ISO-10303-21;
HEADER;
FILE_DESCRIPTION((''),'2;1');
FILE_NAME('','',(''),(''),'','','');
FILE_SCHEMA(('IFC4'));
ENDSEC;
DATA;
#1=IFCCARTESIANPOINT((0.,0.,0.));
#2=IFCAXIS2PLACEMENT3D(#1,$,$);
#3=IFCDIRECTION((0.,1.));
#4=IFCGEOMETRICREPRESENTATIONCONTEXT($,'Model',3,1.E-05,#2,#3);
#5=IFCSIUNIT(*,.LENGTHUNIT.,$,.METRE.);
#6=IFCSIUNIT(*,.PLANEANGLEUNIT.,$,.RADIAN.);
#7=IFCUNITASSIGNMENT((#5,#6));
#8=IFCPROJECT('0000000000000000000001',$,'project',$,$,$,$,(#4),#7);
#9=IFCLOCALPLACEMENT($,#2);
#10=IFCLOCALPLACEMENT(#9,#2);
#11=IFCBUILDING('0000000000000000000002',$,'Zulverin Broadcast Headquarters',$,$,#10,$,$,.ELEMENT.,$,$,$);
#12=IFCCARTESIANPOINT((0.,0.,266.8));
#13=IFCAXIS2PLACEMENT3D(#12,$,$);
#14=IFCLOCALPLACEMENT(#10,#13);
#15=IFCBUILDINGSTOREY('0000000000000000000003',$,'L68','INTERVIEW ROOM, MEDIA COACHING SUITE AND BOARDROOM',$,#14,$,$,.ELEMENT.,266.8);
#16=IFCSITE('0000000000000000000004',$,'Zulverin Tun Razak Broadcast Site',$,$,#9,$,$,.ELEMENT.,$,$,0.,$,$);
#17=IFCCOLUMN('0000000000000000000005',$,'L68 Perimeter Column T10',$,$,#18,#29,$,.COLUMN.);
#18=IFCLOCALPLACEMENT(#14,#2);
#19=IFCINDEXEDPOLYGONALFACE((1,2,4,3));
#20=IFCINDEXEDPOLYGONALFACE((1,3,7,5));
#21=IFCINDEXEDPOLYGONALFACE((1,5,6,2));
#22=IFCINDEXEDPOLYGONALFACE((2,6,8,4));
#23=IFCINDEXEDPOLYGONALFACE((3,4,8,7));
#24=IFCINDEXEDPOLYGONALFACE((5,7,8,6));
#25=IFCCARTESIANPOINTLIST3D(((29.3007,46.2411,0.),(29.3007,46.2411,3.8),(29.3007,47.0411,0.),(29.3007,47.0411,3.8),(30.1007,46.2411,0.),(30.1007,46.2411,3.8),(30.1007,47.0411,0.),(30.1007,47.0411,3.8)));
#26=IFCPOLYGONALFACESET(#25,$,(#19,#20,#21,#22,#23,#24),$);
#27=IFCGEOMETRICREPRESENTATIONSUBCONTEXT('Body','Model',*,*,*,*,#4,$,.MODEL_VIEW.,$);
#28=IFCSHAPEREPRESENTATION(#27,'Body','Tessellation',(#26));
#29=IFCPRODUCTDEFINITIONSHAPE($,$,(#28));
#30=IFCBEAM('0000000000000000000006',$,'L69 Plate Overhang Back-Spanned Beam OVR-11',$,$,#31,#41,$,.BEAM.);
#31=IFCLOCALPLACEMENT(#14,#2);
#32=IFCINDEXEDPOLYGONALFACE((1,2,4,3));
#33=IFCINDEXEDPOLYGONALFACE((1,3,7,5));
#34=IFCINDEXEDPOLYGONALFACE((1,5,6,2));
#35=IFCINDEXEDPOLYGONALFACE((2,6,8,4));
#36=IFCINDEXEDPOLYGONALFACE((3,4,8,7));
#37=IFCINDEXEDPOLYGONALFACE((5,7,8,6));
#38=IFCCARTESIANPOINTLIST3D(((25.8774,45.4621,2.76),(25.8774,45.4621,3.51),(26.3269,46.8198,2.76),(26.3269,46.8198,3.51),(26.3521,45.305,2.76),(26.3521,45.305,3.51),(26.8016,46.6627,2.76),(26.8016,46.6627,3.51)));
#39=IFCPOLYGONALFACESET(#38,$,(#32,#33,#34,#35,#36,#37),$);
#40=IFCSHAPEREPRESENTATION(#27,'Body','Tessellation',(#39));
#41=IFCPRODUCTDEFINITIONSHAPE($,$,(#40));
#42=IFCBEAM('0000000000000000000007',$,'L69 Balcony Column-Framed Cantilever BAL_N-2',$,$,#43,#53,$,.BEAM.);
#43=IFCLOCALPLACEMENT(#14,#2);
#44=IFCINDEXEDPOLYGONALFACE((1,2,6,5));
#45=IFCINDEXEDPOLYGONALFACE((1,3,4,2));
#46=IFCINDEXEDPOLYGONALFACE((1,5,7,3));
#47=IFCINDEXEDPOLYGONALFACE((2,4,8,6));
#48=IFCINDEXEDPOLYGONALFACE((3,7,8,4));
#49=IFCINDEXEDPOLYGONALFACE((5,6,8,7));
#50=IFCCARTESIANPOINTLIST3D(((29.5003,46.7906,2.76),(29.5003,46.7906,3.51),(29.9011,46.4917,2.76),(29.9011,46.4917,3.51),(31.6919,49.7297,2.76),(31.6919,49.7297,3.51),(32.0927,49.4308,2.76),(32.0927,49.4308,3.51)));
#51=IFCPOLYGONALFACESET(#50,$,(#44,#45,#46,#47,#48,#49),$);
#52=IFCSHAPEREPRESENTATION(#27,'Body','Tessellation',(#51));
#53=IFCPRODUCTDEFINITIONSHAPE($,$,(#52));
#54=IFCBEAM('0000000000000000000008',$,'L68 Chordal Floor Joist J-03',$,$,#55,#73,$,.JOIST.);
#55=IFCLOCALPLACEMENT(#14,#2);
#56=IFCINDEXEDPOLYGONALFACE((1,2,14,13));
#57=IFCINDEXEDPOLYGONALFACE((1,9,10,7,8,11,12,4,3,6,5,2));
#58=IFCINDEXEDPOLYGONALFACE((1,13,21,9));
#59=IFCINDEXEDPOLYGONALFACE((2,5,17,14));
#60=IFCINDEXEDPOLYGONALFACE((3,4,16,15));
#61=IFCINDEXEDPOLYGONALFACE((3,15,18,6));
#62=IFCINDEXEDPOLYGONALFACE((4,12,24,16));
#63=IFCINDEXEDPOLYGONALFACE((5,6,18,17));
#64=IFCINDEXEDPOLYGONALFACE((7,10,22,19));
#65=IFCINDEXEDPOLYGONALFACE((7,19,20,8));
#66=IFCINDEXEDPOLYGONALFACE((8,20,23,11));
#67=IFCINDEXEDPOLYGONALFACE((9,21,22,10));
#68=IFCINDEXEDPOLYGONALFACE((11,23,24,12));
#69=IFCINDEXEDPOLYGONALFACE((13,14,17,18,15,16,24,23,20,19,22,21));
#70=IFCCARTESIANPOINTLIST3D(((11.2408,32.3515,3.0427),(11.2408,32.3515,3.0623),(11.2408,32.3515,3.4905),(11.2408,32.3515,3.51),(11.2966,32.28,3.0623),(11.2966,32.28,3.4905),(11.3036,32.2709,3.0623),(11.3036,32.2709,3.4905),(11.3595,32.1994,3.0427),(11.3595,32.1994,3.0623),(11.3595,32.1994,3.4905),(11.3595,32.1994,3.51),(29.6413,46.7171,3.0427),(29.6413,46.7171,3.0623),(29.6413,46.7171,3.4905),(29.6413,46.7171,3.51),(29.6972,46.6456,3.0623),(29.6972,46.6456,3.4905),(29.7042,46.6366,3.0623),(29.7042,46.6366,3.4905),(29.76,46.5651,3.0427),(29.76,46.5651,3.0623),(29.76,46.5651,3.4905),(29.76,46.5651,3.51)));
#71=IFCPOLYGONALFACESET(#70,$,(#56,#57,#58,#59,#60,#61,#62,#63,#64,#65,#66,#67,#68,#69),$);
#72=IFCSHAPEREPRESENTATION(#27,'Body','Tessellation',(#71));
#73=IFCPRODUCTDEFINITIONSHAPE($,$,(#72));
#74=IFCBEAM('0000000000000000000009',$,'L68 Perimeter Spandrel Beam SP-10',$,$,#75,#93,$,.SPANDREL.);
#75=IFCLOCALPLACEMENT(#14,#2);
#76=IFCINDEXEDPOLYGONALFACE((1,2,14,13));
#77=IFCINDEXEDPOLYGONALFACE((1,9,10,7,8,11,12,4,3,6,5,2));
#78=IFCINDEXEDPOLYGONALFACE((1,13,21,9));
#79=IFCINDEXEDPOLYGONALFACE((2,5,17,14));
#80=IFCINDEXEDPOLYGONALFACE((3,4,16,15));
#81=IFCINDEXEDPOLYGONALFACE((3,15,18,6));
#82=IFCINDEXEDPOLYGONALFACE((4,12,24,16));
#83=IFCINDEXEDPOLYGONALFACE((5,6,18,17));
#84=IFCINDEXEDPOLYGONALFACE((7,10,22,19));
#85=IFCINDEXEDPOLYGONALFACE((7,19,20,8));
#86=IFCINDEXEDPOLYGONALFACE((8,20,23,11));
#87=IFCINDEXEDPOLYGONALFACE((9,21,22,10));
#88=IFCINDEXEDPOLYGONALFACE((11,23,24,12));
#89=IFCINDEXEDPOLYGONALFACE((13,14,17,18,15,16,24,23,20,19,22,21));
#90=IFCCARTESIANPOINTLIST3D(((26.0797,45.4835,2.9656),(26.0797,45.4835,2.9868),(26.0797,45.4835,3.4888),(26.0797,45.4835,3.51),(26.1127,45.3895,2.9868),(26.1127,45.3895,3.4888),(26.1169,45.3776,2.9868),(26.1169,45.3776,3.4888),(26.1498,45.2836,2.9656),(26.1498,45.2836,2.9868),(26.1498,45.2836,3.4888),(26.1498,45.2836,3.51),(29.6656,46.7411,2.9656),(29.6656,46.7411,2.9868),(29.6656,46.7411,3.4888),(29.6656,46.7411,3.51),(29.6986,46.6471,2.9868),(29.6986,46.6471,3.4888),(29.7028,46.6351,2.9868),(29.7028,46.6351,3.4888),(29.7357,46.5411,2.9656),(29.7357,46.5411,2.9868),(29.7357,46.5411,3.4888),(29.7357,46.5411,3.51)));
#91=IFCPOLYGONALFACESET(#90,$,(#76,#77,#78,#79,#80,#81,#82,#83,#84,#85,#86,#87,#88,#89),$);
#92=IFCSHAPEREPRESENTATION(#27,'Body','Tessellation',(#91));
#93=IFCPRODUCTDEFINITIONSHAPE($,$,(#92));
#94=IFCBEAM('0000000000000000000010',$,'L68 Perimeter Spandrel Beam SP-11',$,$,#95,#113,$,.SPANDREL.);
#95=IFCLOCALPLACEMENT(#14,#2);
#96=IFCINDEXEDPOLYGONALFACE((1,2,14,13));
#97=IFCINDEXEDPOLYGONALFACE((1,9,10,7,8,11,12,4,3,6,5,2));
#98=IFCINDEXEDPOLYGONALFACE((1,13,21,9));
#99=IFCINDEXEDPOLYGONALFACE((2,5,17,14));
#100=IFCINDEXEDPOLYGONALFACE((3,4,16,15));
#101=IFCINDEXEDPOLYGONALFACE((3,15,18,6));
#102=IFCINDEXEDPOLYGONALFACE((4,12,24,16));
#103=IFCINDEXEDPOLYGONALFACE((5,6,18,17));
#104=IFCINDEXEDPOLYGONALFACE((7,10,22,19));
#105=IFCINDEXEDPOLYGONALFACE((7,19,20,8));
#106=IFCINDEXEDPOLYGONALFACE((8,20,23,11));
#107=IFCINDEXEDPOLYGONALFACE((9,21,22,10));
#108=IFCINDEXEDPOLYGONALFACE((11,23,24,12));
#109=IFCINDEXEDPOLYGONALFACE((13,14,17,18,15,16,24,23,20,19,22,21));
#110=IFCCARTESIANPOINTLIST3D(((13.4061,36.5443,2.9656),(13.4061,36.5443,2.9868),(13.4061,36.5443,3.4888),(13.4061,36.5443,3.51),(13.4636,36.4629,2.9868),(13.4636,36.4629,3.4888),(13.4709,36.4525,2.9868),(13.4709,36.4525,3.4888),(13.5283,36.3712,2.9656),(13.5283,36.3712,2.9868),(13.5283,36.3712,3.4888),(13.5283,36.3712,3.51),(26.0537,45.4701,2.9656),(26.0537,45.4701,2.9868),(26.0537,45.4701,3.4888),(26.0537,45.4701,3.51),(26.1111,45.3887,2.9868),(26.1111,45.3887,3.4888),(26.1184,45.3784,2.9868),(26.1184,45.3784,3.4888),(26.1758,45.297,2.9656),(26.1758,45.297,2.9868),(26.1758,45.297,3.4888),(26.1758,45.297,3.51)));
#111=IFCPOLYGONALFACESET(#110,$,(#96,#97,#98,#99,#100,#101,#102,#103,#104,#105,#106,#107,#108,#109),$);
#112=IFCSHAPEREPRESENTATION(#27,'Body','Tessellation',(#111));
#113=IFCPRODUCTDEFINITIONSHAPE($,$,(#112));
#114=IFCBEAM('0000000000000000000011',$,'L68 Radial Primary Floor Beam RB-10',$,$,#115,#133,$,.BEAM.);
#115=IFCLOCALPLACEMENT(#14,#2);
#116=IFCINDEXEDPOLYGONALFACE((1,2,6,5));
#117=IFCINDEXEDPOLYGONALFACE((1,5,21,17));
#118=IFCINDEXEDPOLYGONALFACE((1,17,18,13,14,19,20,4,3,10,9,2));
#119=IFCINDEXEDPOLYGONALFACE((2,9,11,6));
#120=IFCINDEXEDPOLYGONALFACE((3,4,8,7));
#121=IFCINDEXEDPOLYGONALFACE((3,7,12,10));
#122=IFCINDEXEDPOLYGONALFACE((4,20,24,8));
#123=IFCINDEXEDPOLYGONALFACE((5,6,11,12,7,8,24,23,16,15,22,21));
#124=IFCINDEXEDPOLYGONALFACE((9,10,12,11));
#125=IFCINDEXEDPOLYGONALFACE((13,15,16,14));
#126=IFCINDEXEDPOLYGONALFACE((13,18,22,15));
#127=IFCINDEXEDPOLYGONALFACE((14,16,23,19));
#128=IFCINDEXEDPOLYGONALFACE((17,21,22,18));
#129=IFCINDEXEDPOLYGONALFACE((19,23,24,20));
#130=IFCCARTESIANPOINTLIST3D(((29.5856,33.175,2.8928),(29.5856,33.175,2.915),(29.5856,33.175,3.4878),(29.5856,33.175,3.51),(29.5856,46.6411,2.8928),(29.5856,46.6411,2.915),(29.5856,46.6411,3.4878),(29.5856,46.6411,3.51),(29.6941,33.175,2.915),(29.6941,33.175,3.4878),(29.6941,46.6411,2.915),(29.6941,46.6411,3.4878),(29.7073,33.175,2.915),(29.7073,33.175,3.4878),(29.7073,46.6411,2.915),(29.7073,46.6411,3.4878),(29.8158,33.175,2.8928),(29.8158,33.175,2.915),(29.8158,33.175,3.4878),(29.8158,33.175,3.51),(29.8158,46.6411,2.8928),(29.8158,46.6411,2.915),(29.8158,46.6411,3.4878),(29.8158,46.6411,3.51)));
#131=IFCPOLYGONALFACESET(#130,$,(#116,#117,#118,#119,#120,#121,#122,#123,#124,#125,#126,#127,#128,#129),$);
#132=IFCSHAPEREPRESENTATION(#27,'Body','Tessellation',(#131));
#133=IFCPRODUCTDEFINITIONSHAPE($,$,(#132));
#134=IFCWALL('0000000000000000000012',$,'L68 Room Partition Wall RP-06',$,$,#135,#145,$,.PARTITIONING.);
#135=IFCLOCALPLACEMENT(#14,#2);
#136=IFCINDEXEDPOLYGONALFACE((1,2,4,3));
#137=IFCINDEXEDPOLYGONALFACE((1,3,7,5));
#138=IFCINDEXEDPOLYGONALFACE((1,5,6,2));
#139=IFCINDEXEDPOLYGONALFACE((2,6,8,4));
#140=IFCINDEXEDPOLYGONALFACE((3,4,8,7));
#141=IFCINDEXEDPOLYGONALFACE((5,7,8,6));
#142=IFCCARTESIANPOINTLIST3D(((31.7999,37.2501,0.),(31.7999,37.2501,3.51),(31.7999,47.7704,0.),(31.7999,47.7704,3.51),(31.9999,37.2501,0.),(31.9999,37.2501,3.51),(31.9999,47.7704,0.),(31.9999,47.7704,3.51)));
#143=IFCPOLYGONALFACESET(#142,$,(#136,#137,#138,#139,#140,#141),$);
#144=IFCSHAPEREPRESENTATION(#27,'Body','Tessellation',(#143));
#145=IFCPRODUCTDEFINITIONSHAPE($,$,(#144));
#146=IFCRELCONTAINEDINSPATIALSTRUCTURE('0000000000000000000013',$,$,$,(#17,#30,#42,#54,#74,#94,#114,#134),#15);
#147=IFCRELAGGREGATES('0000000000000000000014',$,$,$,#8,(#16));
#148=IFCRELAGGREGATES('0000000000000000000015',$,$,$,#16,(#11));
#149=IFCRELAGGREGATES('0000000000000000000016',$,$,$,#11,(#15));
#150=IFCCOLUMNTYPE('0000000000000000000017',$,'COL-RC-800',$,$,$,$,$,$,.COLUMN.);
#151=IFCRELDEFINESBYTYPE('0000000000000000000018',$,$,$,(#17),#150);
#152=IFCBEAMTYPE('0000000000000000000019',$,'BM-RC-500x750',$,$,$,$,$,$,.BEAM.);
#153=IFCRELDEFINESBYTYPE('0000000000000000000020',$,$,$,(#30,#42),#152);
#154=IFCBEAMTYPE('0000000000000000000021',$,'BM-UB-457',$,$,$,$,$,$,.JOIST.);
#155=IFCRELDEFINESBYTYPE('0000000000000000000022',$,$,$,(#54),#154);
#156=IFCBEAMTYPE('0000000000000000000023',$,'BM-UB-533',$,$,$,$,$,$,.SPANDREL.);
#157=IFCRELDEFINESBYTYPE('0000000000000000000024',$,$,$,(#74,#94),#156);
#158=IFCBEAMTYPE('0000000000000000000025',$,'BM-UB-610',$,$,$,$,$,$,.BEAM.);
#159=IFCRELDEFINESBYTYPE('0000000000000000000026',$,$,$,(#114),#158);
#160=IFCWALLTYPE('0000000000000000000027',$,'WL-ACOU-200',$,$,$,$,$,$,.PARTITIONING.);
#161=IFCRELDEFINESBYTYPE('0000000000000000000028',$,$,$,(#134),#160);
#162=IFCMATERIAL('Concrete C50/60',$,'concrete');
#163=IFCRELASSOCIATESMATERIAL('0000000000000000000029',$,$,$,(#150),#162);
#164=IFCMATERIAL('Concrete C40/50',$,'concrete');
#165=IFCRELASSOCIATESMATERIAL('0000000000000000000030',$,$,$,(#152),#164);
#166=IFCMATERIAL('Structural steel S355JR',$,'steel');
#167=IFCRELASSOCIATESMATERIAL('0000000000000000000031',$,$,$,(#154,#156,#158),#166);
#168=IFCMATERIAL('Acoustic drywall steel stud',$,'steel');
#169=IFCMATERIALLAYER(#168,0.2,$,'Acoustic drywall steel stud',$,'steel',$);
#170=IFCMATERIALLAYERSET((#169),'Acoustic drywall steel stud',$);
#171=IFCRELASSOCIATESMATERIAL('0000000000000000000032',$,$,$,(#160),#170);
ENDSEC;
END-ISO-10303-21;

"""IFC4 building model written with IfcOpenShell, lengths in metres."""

from ifc_helpers import new_model, si_unit, direction, frame, frame_2d, origin, origin_2d, place, context, subcontext, project, spatial, rectangle, i_section, extrude, material, layer, layer_set, material_profile, profile_set, type_object, element, save


model = new_model("IFC4")

# Units and contexts
model_context = context("Model", 3, precision=1e-05, world=origin(), true_north=direction((0.0, 1.0)))
body_context = subcontext(model_context, "Body", "Model", "MODEL_VIEW")
ifc_project = project(units=[si_unit("LENGTHUNIT", "METRE"), si_unit("PLANEANGLEUNIT", "RADIAN")], contexts=[model_context])

# Site, building, storey
site_placement = place(None, origin())
site = spatial("IfcSite", under=ifc_project, at=site_placement, Name="Zulverin Tun Razak Broadcast Site", CompositionType="ELEMENT", RefElevation=0.0)
building_placement = place(site_placement, origin())
building = spatial("IfcBuilding", under=site, at=building_placement, Name="Zulverin Broadcast Headquarters", CompositionType="ELEMENT")
storey_placement = place(building_placement, frame((0.0, 0.0, 266.8)))
storey = spatial("IfcBuildingStorey", under=building, at=storey_placement, Name="L68", Description="INTERVIEW ROOM, MEDIA COACHING SUITE AND BOARDROOM", CompositionType="ELEMENT", Elevation=266.8)

# Column
ifc_material_1 = material(Name="Concrete C50/60", Category="concrete")
ifc_material_profile_1 = material_profile(ifc_material_1, rectangle(XDim=0.8, YDim=0.8, at=origin_2d()), Name="Concrete C50/60", Category="concrete")
ifc_profile_set_1 = profile_set([ifc_material_profile_1], Name="Concrete C50/60")
column_type = type_object("IfcColumnType", Name="COL-RC-800", PredefinedType="COLUMN", material=ifc_profile_set_1)
column_placement = place(storey_placement, frame((29.7007, 46.6411, 0.0), z_axis=(0.0, 0.0, 1.0), x_axis=(1.0, 0.0, 0.0)))
element("IfcColumn", 1, at=column_placement, inside=storey, type_object=column_type, Name="L68 Perimeter Column T10", PredefinedType="COLUMN", context=body_context, shape_type="SweptSolid", body=[
    extrude(rectangle(XDim=0.8, YDim=0.8, at=origin_2d()), origin(), (0.0, 0.0, 1.0), 3.8),
])

# Beams
ifc_material_2 = material(Name="Concrete C40/50", Category="concrete")
ifc_material_profile_2 = material_profile(ifc_material_2, rectangle(XDim=0.5, YDim=0.75, at=origin_2d()), Name="Concrete C40/50", Category="concrete")
ifc_profile_set_2 = profile_set([ifc_material_profile_2], Name="Concrete C40/50")
beam_type_1 = type_object("IfcBeamType", Name="BM-RC-500x750", PredefinedType="BEAM", material=ifc_profile_set_2)
beam_1_placement = place(storey_placement, frame((26.1147, 45.3835, 3.135), z_axis=(0.314281, 0.94933, 0.0), x_axis=(-0.94933, 0.314281, 0.0)))
element("IfcBeam", 2, at=beam_1_placement, inside=storey, type_object=beam_type_1, Name="L69 Plate Overhang Back-Spanned Beam OVR-11", PredefinedType="BEAM", context=body_context, shape_type="SweptSolid", body=[
    extrude(rectangle(XDim=0.5, YDim=0.75, at=origin_2d()), origin(), (0.0, 0.0, 1.0), 1.4302),
])
beam_2_placement = place(storey_placement, frame((29.7007, 46.6411, 3.135), z_axis=(0.597771, 0.801667, 0.0), x_axis=(-0.801667, 0.597771, 0.0)))
element("IfcBeam", 3, at=beam_2_placement, inside=storey, type_object=beam_type_1, Name="L69 Balcony Column-Framed Cantilever BAL_N-2", PredefinedType="BEAM", context=body_context, shape_type="SweptSolid", body=[
    extrude(rectangle(XDim=0.5, YDim=0.75, at=origin_2d()), origin(), (0.0, 0.0, 1.0), 3.6663),
])
ifc_material_3 = material(Name="Structural steel S355JR", Category="steel")
ifc_material_profile_3 = material_profile(ifc_material_3, i_section(OverallWidth=0.1929, OverallDepth=0.4673, WebThickness=0.0115, FlangeThickness=0.0195, at=origin_2d()), Name="Structural steel S355JR", Category="steel")
ifc_profile_set_3 = profile_set([ifc_material_profile_3], Name="Structural steel S355JR")
beam_type_2 = type_object("IfcBeamType", Name="BM-UB-457", PredefinedType="JOIST", material=ifc_profile_set_3)
beam_3_placement = place(storey_placement, frame((29.7007, 46.6411, 3.2764), z_axis=(-0.788227, -0.615384, 0.0), x_axis=(0.615384, -0.788227, 0.0)))
element("IfcBeam", 4, at=beam_3_placement, inside=storey, type_object=beam_type_2, Name="L68 Chordal Floor Joist J-03", PredefinedType="JOIST", context=body_context, shape_type="SweptSolid", body=[
    extrude(i_section(OverallWidth=0.1929, OverallDepth=0.4673, WebThickness=0.0115, FlangeThickness=0.0195, at=origin_2d()), origin(), (0.0, 0.0, 1.0), 23.3442),
])
ifc_material_profile_4 = material_profile(ifc_material_3, i_section(OverallWidth=0.2119, OverallDepth=0.5444, WebThickness=0.0127, FlangeThickness=0.0212, at=origin_2d()), Name="Structural steel S355JR", Category="steel")
ifc_profile_set_4 = profile_set([ifc_material_profile_4], Name="Structural steel S355JR")
beam_type_3 = type_object("IfcBeamType", Name="BM-UB-533", PredefinedType="SPANDREL", material=ifc_profile_set_4)
beam_4_placement = place(storey_placement, frame((29.7007, 46.6411, 3.2378), z_axis=(-0.943654, -0.330934, 0.0), x_axis=(0.330934, -0.943654, 0.0)))
element("IfcBeam", 5, at=beam_4_placement, inside=storey, type_object=beam_type_3, Name="L68 Perimeter Spandrel Beam SP-10", PredefinedType="SPANDREL", context=body_context, shape_type="SweptSolid", body=[
    extrude(i_section(OverallWidth=0.2119, OverallDepth=0.5444, WebThickness=0.0127, FlangeThickness=0.0212, at=origin_2d()), origin(), (0.0, 0.0, 1.0), 3.8),
])
beam_5_placement = place(storey_placement, frame((26.1147, 45.3835, 3.2378), z_axis=(-0.817024, -0.576604, 0.0), x_axis=(0.576604, -0.817024, 0.0)))
element("IfcBeam", 6, at=beam_5_placement, inside=storey, type_object=beam_type_3, Name="L68 Perimeter Spandrel Beam SP-11", PredefinedType="SPANDREL", context=body_context, shape_type="SweptSolid", body=[
    extrude(i_section(OverallWidth=0.2119, OverallDepth=0.5444, WebThickness=0.0127, FlangeThickness=0.0212, at=origin_2d()), origin(), (0.0, 0.0, 1.0), 15.48),
])
ifc_material_profile_5 = material_profile(ifc_material_3, i_section(OverallWidth=0.2302, OverallDepth=0.6172, WebThickness=0.0132, FlangeThickness=0.0222, at=origin_2d()), Name="Structural steel S355JR", Category="steel")
ifc_profile_set_5 = profile_set([ifc_material_profile_5], Name="Structural steel S355JR")
beam_type_4 = type_object("IfcBeamType", Name="BM-UB-610", PredefinedType="BEAM", material=ifc_profile_set_5)
beam_6_placement = place(storey_placement, frame((29.7007, 33.175, 3.2014), z_axis=(0.0, 1.0, 0.0), x_axis=(-1.0, 0.0, 0.0)))
element("IfcBeam", 7, at=beam_6_placement, inside=storey, type_object=beam_type_4, Name="L68 Radial Primary Floor Beam RB-10", PredefinedType="BEAM", context=body_context, shape_type="SweptSolid", body=[
    extrude(i_section(OverallWidth=0.2302, OverallDepth=0.6172, WebThickness=0.0132, FlangeThickness=0.0222, at=origin_2d()), origin(), (0.0, 0.0, 1.0), 13.4661),
])

# Wall
ifc_material_4 = material(Name="Acoustic drywall steel stud", Category="steel")
ifc_layer_1 = layer(ifc_material_4, 0.2, Name="Acoustic drywall steel stud", Category="steel")
ifc_layer_set_1 = layer_set([ifc_layer_1], Name="Acoustic drywall steel stud")
wall_type_1 = type_object("IfcWallType", Name="WL-ACOU-200", PredefinedType="PARTITIONING", material=ifc_layer_set_1)
wall_1_placement = place(storey_placement, frame((31.8999, 37.25, 0.0), z_axis=(0.0, 0.0, 1.0), x_axis=(0.0, 1.0, 0.0)))
element("IfcWall", 8, at=wall_1_placement, inside=storey, type_object=wall_type_1, Name="L68 Room Partition Wall RP-06", PredefinedType="PARTITIONING", context=body_context, shape_type="SweptSolid", body=[
    extrude(rectangle(XDim=10.5203, YDim=0.2, at=frame_2d((5.2603, 0.0))), origin(), (0.0, 0.0, 1.0), 3.51),
])

save(model, "model.ifc")
